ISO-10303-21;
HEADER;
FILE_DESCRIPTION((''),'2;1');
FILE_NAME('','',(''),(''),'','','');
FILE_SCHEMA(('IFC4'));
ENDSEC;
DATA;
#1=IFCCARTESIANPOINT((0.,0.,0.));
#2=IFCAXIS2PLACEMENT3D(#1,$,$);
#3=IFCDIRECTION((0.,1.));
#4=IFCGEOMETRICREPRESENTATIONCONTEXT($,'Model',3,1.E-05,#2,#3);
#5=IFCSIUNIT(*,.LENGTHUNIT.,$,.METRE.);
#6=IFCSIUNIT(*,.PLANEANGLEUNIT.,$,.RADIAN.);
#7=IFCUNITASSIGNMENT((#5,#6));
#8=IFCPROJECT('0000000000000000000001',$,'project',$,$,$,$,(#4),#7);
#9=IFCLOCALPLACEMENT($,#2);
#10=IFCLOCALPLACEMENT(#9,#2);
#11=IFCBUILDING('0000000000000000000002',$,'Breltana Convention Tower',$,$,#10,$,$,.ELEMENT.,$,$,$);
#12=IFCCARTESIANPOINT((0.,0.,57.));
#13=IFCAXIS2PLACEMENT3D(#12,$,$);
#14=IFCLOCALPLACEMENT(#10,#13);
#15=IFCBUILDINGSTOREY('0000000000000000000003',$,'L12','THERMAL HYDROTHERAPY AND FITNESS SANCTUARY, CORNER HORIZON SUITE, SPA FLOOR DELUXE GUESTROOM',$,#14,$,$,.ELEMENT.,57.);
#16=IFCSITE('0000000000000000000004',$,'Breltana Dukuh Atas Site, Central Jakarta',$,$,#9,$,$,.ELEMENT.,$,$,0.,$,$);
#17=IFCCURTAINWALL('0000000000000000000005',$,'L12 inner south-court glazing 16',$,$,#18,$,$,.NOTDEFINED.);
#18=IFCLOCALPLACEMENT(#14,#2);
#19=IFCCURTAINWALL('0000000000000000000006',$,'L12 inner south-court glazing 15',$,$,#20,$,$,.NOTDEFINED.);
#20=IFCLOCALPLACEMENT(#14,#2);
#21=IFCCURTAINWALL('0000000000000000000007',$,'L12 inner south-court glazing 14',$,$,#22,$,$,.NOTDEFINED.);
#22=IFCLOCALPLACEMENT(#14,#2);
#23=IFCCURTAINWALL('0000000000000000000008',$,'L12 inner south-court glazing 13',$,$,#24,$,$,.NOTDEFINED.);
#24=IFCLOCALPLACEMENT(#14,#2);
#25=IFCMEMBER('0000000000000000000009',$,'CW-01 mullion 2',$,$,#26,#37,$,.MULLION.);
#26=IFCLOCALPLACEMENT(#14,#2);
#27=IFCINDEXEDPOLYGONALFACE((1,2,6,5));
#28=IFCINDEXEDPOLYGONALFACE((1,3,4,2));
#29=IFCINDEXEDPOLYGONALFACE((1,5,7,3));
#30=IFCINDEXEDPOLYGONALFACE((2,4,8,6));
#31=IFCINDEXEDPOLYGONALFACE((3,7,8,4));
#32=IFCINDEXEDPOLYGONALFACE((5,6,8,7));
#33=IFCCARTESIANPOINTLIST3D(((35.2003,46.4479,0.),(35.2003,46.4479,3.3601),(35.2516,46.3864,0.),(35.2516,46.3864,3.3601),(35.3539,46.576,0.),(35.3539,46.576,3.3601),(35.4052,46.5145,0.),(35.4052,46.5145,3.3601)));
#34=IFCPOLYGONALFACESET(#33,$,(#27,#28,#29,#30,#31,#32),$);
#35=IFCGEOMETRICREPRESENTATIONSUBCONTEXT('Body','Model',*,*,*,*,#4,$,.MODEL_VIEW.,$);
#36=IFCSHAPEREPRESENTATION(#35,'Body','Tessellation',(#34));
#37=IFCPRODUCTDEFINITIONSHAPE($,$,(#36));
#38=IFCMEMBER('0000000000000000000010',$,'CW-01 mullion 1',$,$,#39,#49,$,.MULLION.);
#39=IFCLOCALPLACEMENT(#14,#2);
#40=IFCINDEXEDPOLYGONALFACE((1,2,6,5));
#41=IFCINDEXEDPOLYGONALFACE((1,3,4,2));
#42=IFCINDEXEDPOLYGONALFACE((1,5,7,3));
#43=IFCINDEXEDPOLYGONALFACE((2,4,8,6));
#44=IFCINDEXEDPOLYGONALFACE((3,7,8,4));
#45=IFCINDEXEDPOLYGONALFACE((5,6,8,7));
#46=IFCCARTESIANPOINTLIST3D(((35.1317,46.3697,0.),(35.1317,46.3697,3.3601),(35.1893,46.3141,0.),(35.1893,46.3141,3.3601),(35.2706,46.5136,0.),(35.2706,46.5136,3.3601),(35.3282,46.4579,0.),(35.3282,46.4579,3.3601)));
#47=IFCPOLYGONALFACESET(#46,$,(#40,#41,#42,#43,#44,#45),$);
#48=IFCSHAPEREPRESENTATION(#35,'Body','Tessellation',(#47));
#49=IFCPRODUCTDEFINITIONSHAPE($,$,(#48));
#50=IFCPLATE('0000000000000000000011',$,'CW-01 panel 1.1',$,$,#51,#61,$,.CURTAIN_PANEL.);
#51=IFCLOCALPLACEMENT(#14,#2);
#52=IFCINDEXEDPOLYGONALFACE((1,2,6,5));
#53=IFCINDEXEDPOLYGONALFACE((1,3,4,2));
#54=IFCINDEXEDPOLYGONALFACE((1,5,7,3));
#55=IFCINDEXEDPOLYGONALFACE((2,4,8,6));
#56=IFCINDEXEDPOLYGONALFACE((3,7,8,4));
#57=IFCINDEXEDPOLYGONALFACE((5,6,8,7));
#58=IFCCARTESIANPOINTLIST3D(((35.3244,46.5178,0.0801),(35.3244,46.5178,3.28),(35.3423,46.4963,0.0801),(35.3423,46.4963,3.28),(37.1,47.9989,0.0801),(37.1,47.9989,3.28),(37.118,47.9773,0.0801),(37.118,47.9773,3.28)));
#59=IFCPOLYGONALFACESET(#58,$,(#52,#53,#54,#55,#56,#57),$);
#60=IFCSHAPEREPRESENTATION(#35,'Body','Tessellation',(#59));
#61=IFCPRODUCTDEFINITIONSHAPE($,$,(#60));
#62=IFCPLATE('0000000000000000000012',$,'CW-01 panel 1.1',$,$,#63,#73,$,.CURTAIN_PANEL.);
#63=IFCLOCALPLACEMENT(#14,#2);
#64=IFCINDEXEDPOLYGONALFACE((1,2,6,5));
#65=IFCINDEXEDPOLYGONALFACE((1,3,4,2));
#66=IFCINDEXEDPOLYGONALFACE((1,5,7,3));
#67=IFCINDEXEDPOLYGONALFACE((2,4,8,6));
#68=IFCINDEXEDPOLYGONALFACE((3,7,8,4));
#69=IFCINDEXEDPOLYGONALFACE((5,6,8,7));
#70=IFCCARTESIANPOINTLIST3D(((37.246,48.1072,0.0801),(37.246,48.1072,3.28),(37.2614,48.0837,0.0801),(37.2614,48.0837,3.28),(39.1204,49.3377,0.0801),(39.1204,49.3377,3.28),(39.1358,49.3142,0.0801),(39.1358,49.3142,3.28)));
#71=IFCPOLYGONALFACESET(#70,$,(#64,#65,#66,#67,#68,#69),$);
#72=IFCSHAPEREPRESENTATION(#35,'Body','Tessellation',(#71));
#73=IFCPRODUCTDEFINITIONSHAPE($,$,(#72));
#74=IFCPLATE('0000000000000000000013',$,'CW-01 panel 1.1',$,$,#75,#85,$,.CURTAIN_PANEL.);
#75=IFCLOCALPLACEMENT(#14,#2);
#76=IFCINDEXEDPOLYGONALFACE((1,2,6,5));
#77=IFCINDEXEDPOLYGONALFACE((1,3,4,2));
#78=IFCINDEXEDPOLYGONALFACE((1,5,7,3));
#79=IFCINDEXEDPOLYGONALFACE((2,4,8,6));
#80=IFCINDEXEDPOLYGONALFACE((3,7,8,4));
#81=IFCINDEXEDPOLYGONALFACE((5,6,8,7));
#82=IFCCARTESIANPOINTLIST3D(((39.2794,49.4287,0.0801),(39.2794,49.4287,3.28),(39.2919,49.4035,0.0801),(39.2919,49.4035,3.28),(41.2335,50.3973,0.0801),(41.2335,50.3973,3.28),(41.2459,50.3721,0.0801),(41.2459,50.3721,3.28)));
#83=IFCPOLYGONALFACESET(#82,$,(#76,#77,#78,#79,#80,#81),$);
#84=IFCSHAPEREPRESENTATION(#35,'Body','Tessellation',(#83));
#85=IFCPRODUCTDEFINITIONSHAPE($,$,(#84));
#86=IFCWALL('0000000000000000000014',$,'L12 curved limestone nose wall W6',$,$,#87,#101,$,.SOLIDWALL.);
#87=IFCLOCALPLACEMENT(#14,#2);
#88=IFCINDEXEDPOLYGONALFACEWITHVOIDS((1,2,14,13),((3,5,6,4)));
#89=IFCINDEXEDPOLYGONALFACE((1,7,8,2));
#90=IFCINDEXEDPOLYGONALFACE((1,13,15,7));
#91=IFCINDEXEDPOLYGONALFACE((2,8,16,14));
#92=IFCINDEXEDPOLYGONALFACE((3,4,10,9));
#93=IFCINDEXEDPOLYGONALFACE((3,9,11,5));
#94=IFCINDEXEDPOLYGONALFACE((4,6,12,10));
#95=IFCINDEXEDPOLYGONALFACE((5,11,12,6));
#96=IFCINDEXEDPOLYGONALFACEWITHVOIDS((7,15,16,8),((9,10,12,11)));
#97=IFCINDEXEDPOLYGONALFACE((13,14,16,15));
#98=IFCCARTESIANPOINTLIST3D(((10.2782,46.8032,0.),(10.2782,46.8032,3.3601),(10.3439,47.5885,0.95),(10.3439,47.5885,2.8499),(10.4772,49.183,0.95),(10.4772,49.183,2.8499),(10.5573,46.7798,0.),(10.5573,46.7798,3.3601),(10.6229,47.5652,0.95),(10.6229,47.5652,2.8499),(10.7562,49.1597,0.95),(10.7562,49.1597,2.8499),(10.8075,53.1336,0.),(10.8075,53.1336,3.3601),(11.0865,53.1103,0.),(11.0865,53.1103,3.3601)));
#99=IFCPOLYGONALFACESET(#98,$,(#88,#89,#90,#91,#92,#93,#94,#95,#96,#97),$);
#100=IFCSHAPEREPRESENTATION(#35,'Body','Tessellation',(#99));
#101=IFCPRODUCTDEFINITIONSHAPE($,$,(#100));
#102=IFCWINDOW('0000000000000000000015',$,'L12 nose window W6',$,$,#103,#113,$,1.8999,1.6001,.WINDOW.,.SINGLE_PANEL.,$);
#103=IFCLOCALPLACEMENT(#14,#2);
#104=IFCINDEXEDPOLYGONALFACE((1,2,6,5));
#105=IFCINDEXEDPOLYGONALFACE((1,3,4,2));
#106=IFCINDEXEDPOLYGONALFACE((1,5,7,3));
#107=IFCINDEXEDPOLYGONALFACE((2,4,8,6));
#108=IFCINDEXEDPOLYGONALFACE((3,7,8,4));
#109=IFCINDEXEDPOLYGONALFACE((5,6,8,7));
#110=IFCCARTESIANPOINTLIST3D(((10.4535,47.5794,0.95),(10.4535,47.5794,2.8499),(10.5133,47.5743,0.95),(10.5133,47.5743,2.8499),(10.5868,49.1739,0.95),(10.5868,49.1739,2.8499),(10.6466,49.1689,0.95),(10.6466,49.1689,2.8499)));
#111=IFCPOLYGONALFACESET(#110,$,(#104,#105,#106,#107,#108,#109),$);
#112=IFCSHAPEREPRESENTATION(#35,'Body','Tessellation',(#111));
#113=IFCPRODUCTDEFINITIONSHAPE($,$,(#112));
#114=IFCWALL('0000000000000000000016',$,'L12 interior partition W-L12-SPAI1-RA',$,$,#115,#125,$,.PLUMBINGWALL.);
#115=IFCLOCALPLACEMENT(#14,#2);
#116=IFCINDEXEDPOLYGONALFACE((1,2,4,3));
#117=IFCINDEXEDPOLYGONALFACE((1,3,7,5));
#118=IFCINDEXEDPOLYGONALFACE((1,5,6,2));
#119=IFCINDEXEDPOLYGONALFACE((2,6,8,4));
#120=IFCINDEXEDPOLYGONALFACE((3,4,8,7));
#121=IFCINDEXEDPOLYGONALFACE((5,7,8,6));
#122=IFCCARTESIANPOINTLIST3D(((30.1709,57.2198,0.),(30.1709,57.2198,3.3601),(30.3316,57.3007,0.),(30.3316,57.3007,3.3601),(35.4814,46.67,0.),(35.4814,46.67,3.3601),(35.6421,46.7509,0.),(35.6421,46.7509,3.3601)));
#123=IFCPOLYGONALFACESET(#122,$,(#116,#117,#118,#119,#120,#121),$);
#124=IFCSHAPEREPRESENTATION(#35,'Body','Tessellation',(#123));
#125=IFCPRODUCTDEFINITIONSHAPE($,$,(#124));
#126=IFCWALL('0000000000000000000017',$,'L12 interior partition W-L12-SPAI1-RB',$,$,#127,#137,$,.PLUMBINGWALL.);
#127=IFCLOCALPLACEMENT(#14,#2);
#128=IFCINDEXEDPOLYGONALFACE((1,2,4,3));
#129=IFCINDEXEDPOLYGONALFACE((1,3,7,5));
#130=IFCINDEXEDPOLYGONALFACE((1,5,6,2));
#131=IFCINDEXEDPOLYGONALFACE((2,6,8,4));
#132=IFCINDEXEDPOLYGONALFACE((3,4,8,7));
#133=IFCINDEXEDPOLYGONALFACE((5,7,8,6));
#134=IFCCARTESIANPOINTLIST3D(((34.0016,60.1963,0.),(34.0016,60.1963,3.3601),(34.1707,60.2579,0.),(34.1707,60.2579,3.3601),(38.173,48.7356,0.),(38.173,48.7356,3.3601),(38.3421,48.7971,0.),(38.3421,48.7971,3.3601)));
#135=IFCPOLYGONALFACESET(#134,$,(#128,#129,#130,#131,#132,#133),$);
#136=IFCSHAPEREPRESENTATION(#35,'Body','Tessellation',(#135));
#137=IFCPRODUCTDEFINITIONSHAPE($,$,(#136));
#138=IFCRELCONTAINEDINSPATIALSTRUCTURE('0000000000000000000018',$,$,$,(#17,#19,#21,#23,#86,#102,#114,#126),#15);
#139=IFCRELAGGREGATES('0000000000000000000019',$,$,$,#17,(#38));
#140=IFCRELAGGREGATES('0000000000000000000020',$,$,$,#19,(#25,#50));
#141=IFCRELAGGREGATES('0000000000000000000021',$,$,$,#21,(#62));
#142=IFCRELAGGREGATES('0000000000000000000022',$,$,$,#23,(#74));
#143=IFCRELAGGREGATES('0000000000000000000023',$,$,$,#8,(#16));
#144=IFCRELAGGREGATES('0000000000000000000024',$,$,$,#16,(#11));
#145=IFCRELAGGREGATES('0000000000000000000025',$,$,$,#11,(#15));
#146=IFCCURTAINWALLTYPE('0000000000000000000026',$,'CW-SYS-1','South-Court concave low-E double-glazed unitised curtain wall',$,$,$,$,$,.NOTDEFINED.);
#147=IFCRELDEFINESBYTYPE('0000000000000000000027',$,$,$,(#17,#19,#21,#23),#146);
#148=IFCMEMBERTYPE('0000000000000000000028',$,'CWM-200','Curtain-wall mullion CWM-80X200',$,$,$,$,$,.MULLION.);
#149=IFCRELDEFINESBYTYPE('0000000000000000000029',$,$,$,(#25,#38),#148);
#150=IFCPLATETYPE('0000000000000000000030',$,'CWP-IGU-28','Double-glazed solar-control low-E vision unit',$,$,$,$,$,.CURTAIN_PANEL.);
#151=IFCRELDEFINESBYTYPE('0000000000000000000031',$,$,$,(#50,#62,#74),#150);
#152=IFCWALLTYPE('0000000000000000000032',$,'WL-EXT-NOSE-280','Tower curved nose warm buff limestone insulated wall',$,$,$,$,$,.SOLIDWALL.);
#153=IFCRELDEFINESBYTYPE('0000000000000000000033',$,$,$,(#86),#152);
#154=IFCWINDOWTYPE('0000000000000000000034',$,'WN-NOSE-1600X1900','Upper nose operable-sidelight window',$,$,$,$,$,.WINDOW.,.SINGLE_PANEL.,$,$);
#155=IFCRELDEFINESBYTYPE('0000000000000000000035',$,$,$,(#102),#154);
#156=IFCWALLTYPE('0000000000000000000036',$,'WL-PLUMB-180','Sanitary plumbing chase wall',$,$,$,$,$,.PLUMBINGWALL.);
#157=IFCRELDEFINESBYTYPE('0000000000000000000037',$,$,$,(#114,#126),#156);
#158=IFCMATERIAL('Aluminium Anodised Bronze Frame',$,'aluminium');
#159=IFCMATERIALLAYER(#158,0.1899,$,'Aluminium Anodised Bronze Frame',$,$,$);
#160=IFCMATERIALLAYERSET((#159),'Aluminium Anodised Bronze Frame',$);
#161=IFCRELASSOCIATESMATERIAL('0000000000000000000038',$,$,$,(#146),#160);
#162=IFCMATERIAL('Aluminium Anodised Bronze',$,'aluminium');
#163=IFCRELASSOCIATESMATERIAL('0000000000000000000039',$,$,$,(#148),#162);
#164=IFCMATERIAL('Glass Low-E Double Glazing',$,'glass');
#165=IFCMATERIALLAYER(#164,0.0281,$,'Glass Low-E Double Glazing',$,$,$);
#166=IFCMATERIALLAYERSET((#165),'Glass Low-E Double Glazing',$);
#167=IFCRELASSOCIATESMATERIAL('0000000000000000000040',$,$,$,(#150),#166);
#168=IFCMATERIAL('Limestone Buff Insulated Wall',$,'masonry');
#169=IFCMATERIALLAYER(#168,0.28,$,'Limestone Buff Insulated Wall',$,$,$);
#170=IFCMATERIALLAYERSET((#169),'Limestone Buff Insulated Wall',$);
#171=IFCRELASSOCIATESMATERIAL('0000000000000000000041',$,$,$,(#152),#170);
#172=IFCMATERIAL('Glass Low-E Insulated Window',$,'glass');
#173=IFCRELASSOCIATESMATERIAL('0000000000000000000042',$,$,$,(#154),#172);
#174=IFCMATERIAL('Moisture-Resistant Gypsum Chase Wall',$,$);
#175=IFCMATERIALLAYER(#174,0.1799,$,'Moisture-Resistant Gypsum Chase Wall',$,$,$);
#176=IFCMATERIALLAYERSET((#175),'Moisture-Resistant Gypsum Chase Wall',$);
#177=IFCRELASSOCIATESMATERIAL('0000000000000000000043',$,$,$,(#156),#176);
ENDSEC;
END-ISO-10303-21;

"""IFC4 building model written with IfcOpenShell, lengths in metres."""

from ifc_helpers import new_model, si_unit, direction, frame, frame_2d, origin, origin_2d, place, context, subcontext, project, spatial, rectangle, extrude, source, transform, mapped, material, layer, layer_set, material_profile, profile_set, type_object, type_shapes, element, fill, aggregate, save


model = new_model("IFC4")

# Units and contexts
model_context = context("Model", 3, precision=1e-05, world=origin(), true_north=direction((0.0, 1.0)))
body_context = subcontext(model_context, "Body", "Model", "MODEL_VIEW")
ifc_project = project(units=[si_unit("LENGTHUNIT", "METRE"), si_unit("PLANEANGLEUNIT", "RADIAN")], contexts=[model_context])

# Site, building, storey
site_placement = place(None, origin())
site = spatial("IfcSite", under=ifc_project, at=site_placement, Name="Breltana Dukuh Atas Site, Central Jakarta", CompositionType="ELEMENT", RefElevation=0.0)
building_placement = place(site_placement, origin())
building = spatial("IfcBuilding", under=site, at=building_placement, Name="Breltana Convention Tower", CompositionType="ELEMENT")
storey_placement = place(building_placement, frame((0.0, 0.0, 57.0)))
storey = spatial("IfcBuildingStorey", under=building, at=storey_placement, Name="L12", Description="THERMAL HYDROTHERAPY AND FITNESS SANCTUARY, CORNER HORIZON SUITE, SPA FLOOR DELUXE GUESTROOM", CompositionType="ELEMENT", Elevation=57.0)

# Curtain walls
ifc_material_1 = material(Name="Aluminium Anodised Bronze Frame", Category="aluminium")
ifc_layer_1 = layer(ifc_material_1, 0.1899, Name="Aluminium Anodised Bronze Frame")
ifc_layer_set_1 = layer_set([ifc_layer_1], Name="Aluminium Anodised Bronze Frame")
curtain_wall_type = type_object("IfcCurtainWallType", Name="CW-SYS-1", Description="South-Court concave low-E double-glazed unitised curtain wall", PredefinedType="NOTDEFINED", material=ifc_layer_set_1)
curtain_wall_1_placement = place(storey_placement, origin())
curtain_wall_1 = element("IfcCurtainWall", 1, at=curtain_wall_1_placement, inside=storey, type_object=curtain_wall_type, Name="L12 inner south-court glazing 16", PredefinedType="NOTDEFINED")
ifc_material_2 = material(Name="Aluminium Anodised Bronze", Category="aluminium")
curtain_wall_2_placement = place(storey_placement, origin())
curtain_wall_2 = element("IfcCurtainWall", 2, at=curtain_wall_2_placement, inside=storey, type_object=curtain_wall_type, Name="L12 inner south-court glazing 15", PredefinedType="NOTDEFINED")
curtain_wall_3_placement = place(storey_placement, origin())
curtain_wall_3 = element("IfcCurtainWall", 3, at=curtain_wall_3_placement, inside=storey, type_object=curtain_wall_type, Name="L12 inner south-court glazing 14", PredefinedType="NOTDEFINED")

# Curtain wall
curtain_wall_4_placement = place(storey_placement, origin())
curtain_wall_4 = element("IfcCurtainWall", 4, at=curtain_wall_4_placement, inside=storey, type_object=curtain_wall_type, Name="L12 inner south-court glazing 13", PredefinedType="NOTDEFINED")
ifc_material_profile_1 = material_profile(ifc_material_2, rectangle(XDim=0.0801, YDim=0.2, at=origin_2d()), Name="CWM-80X200")
ifc_profile_set_1 = profile_set([ifc_material_profile_1], Name="Aluminium Anodised Bronze")
member_type_1 = type_object("IfcMemberType", Name="CWM-200", Description="Curtain-wall mullion CWM-80X200", PredefinedType="MULLION", material=ifc_profile_set_1)
shared_shape_1 = source(origin(), body_context, "Body", "SweptSolid", [
    extrude(rectangle(XDim=0.0801, YDim=0.2, at=origin_2d()), origin(), (0.0, 0.0, 1.0), 3.3601),
])

# Members
member_1_placement = place(storey_placement, frame((35.3027, 46.4812, 0.0), z_axis=(0.0, 0.0, 1.0), x_axis=(0.640523, -0.767939, 0.0)))
member_1 = element("IfcMember", 5, at=member_1_placement, type_object=member_type_1, Name="CW-01 mullion 2", PredefinedType="MULLION", context=body_context, shape_type="MappedRepresentation", body=[
    mapped(shared_shape_1, transform((0.0, 0.0, 0.0), scale=1.0)),
])
member_2_placement = place(storey_placement, frame((35.23, 46.4138, 0.0), z_axis=(0.0, 0.0, 1.0), x_axis=(0.719385, -0.694612, 0.0)))
member_2 = element("IfcMember", 6, at=member_2_placement, type_object=member_type_1, Name="CW-01 mullion 1", PredefinedType="MULLION", context=body_context, shape_type="MappedRepresentation", body=[
    mapped(shared_shape_1, transform((0.0, 0.0, 0.0), scale=1.0)),
])
aggregate(curtain_wall_1, [member_2])

# Plates
ifc_material_3 = material(Name="Glass Low-E Double Glazing", Category="glass")
ifc_layer_2 = layer(ifc_material_3, 0.0281, Name="Glass Low-E Double Glazing")
ifc_layer_set_2 = layer_set([ifc_layer_2], Name="Glass Low-E Double Glazing")
plate_type = type_object("IfcPlateType", Name="CWP-IGU-28", Description="Double-glazed solar-control low-E vision unit", PredefinedType="CURTAIN_PANEL", material=ifc_layer_set_2)
shared_shape_2 = source(origin(), body_context, "Body", "SweptSolid", [
    extrude(rectangle(XDim=2.3123, YDim=0.0281, at=origin_2d()), origin(), (0.0, 0.0, 1.0), 3.2),
])
plate_1_placement = place(storey_placement, frame((36.2212, 47.2476, 0.0801), z_axis=(0.0, 0.0, 1.0), x_axis=(-0.767939, -0.640523, 0.0)))
plate_1 = element("IfcPlate", 7, at=plate_1_placement, type_object=plate_type, Name="CW-01 panel 1.1", PredefinedType="CURTAIN_PANEL", context=body_context, shape_type="MappedRepresentation", body=[
    mapped(shared_shape_2, transform((0.0, 0.0, 0.0), scale=1.0)),
])
aggregate(curtain_wall_2, [member_1, plate_1])
shared_shape_3 = source(origin(), body_context, "Body", "SweptSolid", [
    extrude(rectangle(XDim=2.2422, YDim=0.0281, at=origin_2d()), origin(), (0.0, 0.0, 1.0), 3.2),
])
plate_2_placement = place(storey_placement, frame((38.1909, 48.7107, 0.0801), z_axis=(0.0, 0.0, 1.0), x_axis=(-0.835968, -0.548778, 0.0)))
plate_2 = element("IfcPlate", 8, at=plate_2_placement, type_object=plate_type, Name="CW-01 panel 1.1", PredefinedType="CURTAIN_PANEL", context=body_context, shape_type="MappedRepresentation", body=[
    mapped(shared_shape_3, transform((0.0, 0.0, 0.0), scale=1.0)),
])
aggregate(curtain_wall_3, [plate_2])
shared_shape_4 = source(origin(), body_context, "Body", "SweptSolid", [
    extrude(rectangle(XDim=2.1809, YDim=0.0281, at=origin_2d()), origin(), (0.0, 0.0, 1.0), 3.2),
])
plate_3_placement = place(storey_placement, frame((40.2627, 49.9004, 0.0801), z_axis=(0.0, 0.0, 1.0), x_axis=(-0.895968, -0.444118, 0.0)))
plate_3 = element("IfcPlate", 9, at=plate_3_placement, type_object=plate_type, Name="CW-01 panel 1.1", PredefinedType="CURTAIN_PANEL", context=body_context, shape_type="MappedRepresentation", body=[
    mapped(shared_shape_4, transform((0.0, 0.0, 0.0), scale=1.0)),
])
aggregate(curtain_wall_4, [plate_3])

# Wall, opening, window
ifc_material_4 = material(Name="Limestone Buff Insulated Wall", Category="masonry")
ifc_layer_3 = layer(ifc_material_4, 0.28, Name="Limestone Buff Insulated Wall")
ifc_layer_set_3 = layer_set([ifc_layer_3], Name="Limestone Buff Insulated Wall")
wall_type_1 = type_object("IfcWallType", Name="WL-EXT-NOSE-280", Description="Tower curved nose warm buff limestone insulated wall", PredefinedType="SOLIDWALL", material=ifc_layer_set_3)
shared_shape_5 = source(origin(), body_context, "Body", "SweptSolid", [
    extrude(rectangle(XDim=6.3525, YDim=0.28, at=frame_2d((3.1763, 0.0))), origin(), (0.0, 0.0, 1.0), 3.3601),
])
wall_1_placement = place(storey_placement, frame((10.4177, 46.7915, 0.0), z_axis=(0.0, 0.0, 1.0), x_axis=(0.083319, 0.996523, 0.0)))
wall_1 = element("IfcWall", 10, at=wall_1_placement, inside=storey, type_object=wall_type_1, Name="L12 curved limestone nose wall W6", PredefinedType="SOLIDWALL", context=body_context, shape_type="MappedRepresentation", body=[
    mapped(shared_shape_5, transform((0.0, 0.0, 0.0), scale=1.0)),
])
opening_placement = place(wall_1_placement, frame((0.7881, 0.0, 0.95)))
opening = element("IfcOpeningElement", 11, at=opening_placement, cuts=wall_1, PredefinedType="OPENING", context=body_context, shape_type="SweptSolid", body=[
    extrude(rectangle(XDim=1.6001, YDim=1.8999, at=frame_2d((0.8, 0.95))), frame((0.0, 0.1499, 0.0), z_axis=(0.0, -1.0, 0.0), x_axis=(1.0, 0.0, 0.0)), (0.0, 0.0, 1.0), 0.3),
])
ifc_material_5 = material(Name="Glass Low-E Insulated Window", Category="glass")
window_type = type_object("IfcWindowType", Name="WN-NOSE-1600X1900", Description="Upper nose operable-sidelight window", PartitioningType="SINGLE_PANEL", PredefinedType="WINDOW", material=ifc_material_5)
shared_shape_6 = source(origin(), body_context, "Body", "SweptSolid", [
    extrude(rectangle(XDim=1.6001, YDim=1.8999, at=frame_2d((0.8, 0.95))), frame((0.0, 0.03, 0.0), z_axis=(0.0, -1.0, 0.0), x_axis=(1.0, 0.0, 0.0)), (0.0, 0.0, 1.0), 0.0601),
])
type_shapes(window_type, [shared_shape_6])
window_placement = place(opening_placement, origin())
window = element("IfcWindow", 12, at=window_placement, inside=storey, type_object=window_type, Name="L12 nose window W6", OverallHeight=1.8999, OverallWidth=1.6001, PartitioningType="SINGLE_PANEL", PredefinedType="WINDOW", context=body_context, shape_type="MappedRepresentation", body=[
    mapped(shared_shape_6, transform((0.0, 0.0, 0.0), scale=1.0)),
])
fill(opening, window)

# Walls
ifc_material_6 = material(Name="Moisture-Resistant Gypsum Chase Wall")
ifc_layer_4 = layer(ifc_material_6, 0.1799, Name="Moisture-Resistant Gypsum Chase Wall")
ifc_layer_set_4 = layer_set([ifc_layer_4], Name="Moisture-Resistant Gypsum Chase Wall")
wall_type_2 = type_object("IfcWallType", Name="WL-PLUMB-180", Description="Sanitary plumbing chase wall", PredefinedType="PLUMBINGWALL", material=ifc_layer_set_4)
shared_shape_7 = source(origin(), body_context, "Body", "SweptSolid", [
    extrude(rectangle(XDim=11.811, YDim=0.1799, at=frame_2d((5.9055, 0.0))), origin(), (0.0, 0.0, 1.0), 3.3601),
])
wall_2_placement = place(storey_placement, frame((35.5618, 46.7104, 0.0), z_axis=(0.0, 0.0, 1.0), x_axis=(-0.449626, 0.893217, 0.0)))
element("IfcWall", 13, at=wall_2_placement, inside=storey, type_object=wall_type_2, Name="L12 interior partition W-L12-SPAI1-RA", PredefinedType="PLUMBINGWALL", context=body_context, shape_type="MappedRepresentation", body=[
    mapped(shared_shape_7, transform((0.0, 0.0, 0.0), scale=1.0)),
])
shared_shape_8 = source(origin(), body_context, "Body", "SweptSolid", [
    extrude(rectangle(XDim=12.1963, YDim=0.1799, at=frame_2d((6.0981, 0.0))), origin(), (0.0, 0.0, 1.0), 3.3601),
])
wall_3_placement = place(storey_placement, frame((38.2576, 48.7664, 0.0), z_axis=(0.0, 0.0, 1.0), x_axis=(-0.342023, 0.939692, 0.0)))
element("IfcWall", 14, at=wall_3_placement, inside=storey, type_object=wall_type_2, Name="L12 interior partition W-L12-SPAI1-RB", PredefinedType="PLUMBINGWALL", context=body_context, shape_type="MappedRepresentation", body=[
    mapped(shared_shape_8, transform((0.0, 0.0, 0.0), scale=1.0)),
])

save(model, "model.ifc")
